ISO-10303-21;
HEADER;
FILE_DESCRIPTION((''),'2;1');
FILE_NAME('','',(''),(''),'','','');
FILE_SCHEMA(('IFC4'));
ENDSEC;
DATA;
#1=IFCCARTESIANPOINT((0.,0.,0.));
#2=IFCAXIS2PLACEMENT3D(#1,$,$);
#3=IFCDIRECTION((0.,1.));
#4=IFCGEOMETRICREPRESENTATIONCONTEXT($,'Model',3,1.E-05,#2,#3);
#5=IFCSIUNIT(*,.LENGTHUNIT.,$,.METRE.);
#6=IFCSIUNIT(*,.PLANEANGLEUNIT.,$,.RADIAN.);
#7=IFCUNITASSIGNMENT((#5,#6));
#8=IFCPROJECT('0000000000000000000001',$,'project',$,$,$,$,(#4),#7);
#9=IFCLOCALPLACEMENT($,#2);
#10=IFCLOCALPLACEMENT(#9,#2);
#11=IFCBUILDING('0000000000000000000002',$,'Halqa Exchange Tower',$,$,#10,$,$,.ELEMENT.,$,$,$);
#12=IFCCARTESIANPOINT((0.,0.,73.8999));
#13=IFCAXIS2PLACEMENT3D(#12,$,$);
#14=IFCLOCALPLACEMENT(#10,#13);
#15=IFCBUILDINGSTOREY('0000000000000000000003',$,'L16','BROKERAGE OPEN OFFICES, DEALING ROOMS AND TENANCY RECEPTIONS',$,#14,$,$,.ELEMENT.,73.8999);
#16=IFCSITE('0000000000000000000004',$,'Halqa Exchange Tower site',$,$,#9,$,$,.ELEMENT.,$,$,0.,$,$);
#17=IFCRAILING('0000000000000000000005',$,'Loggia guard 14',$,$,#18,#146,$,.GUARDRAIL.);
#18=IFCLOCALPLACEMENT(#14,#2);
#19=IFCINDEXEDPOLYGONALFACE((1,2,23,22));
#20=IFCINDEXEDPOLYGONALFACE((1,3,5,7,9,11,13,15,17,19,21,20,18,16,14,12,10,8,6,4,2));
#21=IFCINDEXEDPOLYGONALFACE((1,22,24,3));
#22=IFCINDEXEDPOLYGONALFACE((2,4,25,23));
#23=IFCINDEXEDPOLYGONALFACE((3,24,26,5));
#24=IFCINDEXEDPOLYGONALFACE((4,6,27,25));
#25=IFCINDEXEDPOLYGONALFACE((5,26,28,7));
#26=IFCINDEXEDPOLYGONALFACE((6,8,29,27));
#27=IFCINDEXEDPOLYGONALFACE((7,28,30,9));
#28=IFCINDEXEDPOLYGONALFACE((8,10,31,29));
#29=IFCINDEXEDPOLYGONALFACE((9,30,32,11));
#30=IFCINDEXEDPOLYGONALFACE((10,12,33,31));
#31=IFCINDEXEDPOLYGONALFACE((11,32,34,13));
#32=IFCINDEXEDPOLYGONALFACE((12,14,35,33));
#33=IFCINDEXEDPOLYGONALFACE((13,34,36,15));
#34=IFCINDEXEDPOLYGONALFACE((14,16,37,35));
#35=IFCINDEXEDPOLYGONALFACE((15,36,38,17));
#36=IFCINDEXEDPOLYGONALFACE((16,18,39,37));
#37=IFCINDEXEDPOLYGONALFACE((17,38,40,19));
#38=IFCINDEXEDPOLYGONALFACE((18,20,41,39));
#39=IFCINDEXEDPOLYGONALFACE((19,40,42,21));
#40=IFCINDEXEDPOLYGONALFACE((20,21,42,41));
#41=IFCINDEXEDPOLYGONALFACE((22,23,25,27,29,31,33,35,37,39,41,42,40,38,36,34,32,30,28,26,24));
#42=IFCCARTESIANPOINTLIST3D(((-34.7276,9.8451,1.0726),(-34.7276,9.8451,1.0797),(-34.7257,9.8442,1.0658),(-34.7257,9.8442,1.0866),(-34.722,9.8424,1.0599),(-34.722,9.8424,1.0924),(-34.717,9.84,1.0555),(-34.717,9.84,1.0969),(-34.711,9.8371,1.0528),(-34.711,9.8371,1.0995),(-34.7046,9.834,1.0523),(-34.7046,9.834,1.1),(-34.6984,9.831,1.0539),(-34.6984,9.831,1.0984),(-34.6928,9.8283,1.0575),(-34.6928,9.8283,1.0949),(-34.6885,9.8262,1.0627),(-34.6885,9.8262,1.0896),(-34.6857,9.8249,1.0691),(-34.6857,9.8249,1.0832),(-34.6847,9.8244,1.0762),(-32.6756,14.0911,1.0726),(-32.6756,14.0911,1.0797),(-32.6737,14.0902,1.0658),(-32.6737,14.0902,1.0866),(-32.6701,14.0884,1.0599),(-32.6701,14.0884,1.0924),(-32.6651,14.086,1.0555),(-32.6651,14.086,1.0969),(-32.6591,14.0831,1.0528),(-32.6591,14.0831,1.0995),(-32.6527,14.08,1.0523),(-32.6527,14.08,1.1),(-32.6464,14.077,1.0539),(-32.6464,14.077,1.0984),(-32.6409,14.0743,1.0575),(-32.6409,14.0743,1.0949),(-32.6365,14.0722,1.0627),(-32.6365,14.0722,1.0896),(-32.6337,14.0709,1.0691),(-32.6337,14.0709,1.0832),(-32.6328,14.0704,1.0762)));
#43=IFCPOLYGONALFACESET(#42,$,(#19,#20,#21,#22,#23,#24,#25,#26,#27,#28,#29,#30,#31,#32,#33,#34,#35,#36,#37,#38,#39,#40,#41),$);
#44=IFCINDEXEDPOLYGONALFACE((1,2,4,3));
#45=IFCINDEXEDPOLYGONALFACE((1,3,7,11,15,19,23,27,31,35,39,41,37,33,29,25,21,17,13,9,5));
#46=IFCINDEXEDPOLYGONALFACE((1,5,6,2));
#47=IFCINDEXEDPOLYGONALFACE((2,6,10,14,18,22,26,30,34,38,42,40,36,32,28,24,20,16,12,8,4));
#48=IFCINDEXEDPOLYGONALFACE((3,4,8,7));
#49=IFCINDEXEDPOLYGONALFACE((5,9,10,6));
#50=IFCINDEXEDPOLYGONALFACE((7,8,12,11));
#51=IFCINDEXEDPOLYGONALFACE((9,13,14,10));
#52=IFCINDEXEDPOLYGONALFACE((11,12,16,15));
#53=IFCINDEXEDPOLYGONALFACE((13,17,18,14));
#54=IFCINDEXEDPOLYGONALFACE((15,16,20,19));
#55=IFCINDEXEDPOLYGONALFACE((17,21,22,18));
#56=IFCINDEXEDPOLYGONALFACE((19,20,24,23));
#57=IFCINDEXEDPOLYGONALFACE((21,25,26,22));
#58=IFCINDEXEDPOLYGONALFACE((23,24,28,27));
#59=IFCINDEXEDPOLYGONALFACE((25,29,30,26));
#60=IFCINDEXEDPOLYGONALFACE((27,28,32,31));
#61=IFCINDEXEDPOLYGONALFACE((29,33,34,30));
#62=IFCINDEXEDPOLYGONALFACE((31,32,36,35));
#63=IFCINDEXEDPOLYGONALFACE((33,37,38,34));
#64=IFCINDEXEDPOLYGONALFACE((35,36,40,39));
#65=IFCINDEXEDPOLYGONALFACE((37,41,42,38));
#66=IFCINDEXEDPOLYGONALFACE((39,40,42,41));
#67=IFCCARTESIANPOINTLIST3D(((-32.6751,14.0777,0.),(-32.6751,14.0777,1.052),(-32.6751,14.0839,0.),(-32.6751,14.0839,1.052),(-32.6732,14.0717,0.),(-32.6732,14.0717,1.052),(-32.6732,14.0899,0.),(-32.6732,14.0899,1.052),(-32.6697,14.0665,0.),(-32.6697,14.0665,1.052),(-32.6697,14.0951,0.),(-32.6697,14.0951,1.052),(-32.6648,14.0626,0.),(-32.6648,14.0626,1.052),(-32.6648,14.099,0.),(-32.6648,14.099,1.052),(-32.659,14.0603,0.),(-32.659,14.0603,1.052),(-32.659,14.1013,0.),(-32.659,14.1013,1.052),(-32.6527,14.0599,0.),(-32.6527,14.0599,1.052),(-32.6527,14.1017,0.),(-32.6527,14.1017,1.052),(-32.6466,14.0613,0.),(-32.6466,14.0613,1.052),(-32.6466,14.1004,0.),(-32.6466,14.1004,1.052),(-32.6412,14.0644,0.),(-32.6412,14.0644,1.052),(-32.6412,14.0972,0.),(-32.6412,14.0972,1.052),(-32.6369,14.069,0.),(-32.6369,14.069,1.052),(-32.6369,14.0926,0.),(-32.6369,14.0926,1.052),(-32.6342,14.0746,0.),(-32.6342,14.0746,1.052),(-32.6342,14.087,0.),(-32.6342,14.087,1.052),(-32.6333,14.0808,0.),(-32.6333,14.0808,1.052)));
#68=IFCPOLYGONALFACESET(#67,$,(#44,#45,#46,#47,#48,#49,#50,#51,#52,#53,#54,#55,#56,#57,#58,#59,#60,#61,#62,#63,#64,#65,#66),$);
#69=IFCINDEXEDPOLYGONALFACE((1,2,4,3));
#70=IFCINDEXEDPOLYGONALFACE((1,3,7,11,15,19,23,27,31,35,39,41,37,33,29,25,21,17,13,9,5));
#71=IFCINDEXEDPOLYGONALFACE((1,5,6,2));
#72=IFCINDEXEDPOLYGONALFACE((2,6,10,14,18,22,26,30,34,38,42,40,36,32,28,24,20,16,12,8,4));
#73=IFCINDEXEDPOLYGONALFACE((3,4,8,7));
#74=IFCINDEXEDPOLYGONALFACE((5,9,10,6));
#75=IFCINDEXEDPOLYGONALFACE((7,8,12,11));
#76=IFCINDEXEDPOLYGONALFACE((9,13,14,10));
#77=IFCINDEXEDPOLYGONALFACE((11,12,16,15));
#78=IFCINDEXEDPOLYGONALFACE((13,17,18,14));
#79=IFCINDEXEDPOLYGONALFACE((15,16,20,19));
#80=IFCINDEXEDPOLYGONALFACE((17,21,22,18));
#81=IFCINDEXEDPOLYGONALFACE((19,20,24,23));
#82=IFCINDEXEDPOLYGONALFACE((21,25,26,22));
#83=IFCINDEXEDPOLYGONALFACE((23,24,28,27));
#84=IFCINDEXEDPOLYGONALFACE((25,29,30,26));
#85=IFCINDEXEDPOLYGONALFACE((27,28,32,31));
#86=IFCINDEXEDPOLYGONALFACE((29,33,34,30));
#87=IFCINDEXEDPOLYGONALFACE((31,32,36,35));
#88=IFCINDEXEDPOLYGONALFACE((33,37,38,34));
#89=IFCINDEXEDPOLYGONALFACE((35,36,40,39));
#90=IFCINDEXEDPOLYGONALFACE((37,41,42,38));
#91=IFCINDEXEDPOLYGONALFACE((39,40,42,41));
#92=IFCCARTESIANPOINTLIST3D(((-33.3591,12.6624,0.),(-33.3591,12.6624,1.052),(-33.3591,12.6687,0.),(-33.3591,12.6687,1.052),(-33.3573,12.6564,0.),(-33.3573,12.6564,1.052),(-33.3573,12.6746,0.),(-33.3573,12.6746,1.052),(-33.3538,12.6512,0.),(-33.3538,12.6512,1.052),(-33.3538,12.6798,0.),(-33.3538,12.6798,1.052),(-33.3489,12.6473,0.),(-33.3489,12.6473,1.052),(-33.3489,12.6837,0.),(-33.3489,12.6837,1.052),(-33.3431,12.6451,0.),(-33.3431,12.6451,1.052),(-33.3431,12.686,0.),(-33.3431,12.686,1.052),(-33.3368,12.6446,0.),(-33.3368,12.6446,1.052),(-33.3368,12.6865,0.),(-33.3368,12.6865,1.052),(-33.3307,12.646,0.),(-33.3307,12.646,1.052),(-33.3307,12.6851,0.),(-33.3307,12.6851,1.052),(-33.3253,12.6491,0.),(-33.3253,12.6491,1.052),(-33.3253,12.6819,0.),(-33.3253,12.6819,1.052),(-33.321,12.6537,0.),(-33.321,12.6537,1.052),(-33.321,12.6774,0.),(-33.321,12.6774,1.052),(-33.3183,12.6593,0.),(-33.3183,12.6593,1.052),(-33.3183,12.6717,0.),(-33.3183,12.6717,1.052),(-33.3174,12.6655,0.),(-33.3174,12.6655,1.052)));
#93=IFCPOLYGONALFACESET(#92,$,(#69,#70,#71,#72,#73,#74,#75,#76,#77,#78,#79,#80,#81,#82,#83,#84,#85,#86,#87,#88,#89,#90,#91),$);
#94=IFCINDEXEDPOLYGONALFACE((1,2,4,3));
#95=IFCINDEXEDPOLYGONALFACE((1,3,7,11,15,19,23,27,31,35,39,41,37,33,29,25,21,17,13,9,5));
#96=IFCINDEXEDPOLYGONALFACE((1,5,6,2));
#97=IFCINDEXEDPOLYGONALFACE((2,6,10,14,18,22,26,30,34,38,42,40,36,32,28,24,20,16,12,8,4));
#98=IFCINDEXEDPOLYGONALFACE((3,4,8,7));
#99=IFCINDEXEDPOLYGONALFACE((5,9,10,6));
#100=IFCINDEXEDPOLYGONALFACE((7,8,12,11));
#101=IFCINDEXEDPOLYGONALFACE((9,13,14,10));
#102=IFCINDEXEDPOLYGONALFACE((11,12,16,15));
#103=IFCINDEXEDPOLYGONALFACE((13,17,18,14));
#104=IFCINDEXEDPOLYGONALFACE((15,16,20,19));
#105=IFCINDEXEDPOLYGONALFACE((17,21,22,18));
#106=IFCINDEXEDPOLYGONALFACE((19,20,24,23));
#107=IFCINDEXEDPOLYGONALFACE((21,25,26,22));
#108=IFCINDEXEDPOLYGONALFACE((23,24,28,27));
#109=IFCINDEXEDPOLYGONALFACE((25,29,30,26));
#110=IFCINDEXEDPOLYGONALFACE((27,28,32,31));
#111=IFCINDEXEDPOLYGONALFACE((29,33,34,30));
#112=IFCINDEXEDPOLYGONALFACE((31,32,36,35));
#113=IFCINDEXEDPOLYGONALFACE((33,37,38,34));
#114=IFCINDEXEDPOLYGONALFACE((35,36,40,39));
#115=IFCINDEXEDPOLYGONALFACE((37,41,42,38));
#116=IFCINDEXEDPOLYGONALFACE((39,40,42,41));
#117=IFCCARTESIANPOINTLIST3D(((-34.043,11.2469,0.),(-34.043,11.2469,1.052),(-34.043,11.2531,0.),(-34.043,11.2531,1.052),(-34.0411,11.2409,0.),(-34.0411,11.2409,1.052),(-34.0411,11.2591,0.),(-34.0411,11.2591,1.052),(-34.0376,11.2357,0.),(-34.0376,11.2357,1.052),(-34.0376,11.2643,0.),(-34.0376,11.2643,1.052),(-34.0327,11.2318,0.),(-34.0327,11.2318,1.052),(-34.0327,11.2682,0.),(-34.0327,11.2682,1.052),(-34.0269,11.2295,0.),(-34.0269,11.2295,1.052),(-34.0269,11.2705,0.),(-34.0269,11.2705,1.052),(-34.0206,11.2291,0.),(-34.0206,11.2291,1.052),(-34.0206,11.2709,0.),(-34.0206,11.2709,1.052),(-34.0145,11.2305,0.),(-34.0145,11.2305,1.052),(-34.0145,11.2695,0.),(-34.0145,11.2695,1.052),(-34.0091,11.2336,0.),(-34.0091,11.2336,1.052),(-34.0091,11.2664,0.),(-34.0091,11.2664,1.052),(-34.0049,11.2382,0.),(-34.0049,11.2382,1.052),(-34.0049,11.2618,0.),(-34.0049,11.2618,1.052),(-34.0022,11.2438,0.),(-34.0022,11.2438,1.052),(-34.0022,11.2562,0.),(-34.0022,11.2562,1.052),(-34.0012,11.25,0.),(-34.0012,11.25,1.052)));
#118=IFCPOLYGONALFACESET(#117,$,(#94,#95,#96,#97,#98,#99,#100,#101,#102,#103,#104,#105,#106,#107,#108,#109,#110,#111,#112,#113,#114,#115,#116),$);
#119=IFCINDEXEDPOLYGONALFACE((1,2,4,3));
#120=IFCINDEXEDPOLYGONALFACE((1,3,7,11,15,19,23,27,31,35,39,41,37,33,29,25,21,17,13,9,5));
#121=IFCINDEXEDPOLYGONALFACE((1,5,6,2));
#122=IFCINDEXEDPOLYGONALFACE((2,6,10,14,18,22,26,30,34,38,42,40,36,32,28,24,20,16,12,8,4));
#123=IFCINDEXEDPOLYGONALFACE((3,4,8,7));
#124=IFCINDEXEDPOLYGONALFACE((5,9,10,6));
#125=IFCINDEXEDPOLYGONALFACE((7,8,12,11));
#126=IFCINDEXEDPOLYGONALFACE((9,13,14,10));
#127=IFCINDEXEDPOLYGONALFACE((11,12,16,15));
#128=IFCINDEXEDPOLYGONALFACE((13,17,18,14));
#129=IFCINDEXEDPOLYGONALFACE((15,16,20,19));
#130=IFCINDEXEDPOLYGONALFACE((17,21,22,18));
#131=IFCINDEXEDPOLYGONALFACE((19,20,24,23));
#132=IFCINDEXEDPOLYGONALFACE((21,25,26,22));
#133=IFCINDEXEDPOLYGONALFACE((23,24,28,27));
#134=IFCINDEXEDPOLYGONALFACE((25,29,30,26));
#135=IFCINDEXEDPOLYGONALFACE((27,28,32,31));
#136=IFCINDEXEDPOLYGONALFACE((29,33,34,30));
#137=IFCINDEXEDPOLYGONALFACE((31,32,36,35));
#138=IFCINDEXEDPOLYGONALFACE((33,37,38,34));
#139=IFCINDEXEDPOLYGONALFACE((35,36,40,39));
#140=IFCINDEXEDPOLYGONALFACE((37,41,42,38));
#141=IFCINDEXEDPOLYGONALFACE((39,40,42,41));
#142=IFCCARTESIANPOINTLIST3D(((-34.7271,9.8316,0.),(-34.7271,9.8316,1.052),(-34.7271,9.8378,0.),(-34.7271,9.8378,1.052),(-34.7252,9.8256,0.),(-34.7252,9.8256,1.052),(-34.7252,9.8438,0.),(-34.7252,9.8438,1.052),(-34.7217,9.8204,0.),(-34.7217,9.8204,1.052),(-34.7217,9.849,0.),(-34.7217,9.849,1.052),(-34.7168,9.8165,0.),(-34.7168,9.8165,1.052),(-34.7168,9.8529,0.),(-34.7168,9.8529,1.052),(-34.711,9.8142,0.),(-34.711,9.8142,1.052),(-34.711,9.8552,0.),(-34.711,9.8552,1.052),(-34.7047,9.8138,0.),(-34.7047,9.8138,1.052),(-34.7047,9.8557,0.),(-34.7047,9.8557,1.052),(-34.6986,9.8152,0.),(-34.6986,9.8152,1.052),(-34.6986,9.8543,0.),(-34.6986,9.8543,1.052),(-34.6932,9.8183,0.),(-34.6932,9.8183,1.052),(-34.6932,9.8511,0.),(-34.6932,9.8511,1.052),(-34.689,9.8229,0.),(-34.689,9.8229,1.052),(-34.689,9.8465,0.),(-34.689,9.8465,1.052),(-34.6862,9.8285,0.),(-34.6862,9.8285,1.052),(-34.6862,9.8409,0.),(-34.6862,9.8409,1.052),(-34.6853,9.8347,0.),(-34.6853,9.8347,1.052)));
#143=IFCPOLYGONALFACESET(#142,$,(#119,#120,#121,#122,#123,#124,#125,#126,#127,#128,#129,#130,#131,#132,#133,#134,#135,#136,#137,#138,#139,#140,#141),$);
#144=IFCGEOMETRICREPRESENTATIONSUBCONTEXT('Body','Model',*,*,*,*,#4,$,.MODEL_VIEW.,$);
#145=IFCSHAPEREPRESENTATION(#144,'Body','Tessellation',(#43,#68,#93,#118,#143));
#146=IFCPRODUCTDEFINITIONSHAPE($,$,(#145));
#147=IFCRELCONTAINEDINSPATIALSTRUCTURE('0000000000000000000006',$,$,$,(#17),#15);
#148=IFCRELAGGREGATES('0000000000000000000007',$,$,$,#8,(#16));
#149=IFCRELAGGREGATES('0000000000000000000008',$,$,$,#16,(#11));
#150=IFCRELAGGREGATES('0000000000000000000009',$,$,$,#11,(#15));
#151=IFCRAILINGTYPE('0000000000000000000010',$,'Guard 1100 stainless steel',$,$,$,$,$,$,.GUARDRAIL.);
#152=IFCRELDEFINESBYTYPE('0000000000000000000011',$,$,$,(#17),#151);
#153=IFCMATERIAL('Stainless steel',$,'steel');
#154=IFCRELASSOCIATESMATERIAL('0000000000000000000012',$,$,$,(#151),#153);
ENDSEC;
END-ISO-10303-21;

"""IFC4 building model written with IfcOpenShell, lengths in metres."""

from ifc_helpers import new_model, si_unit, direction, frame, origin, origin_2d, place, context, subcontext, project, spatial, circle, extrude, material, type_object, element, save


model = new_model("IFC4")

# Units and contexts
model_context = context("Model", 3, precision=1e-05, world=origin(), true_north=direction((0.0, 1.0)))
body_context = subcontext(model_context, "Body", "Model", "MODEL_VIEW")
ifc_project = project(units=[si_unit("LENGTHUNIT", "METRE"), si_unit("PLANEANGLEUNIT", "RADIAN")], contexts=[model_context])

# Site, building, storey
site_placement = place(None, origin())
site = spatial("IfcSite", under=ifc_project, at=site_placement, Name="Halqa Exchange Tower site", CompositionType="ELEMENT", RefElevation=0.0)
building_placement = place(site_placement, origin())
building = spatial("IfcBuilding", under=site, at=building_placement, Name="Halqa Exchange Tower", CompositionType="ELEMENT")
storey_placement = place(building_placement, frame((0.0, 0.0, 73.8999)))
storey = spatial("IfcBuildingStorey", under=building, at=storey_placement, Name="L16", Description="BROKERAGE OPEN OFFICES, DEALING ROOMS AND TENANCY RECEPTIONS", CompositionType="ELEMENT", Elevation=73.8999)

# Railing
ifc_material_1 = material(Name="Stainless steel", Category="steel")
railing_type = type_object("IfcRailingType", Name="Guard 1100 stainless steel", PredefinedType="GUARDRAIL", material=ifc_material_1)
railing_1_placement = place(storey_placement, frame((-32.6543, 14.0808, 0.0)))
element("IfcRailing", 1, at=railing_1_placement, inside=storey, type_object=railing_type, Name="Loggia guard 14", PredefinedType="GUARDRAIL", context=body_context, shape_type="SweptSolid", body=[
    extrude(circle(Radius=0.0239, at=origin_2d()), frame((0.0, 0.0, 1.0762), z_axis=(-0.435121, -0.900372, 0.0), x_axis=(0.900372, -0.435121, 0.0)), (0.0, 0.0, 1.0), 4.7158),
    extrude(circle(Radius=0.021, at=origin_2d()), origin(), (0.0, 0.0, 1.0), 1.052),
    extrude(circle(Radius=0.021, at=origin_2d()), frame((-0.6841, -1.4153, 0.0)), (0.0, 0.0, 1.0), 1.052),
    extrude(circle(Radius=0.021, at=origin_2d()), frame((-1.3679, -2.8308, 0.0)), (0.0, 0.0, 1.0), 1.052),
    extrude(circle(Radius=0.021, at=origin_2d()), frame((-2.052, -4.2461, 0.0)), (0.0, 0.0, 1.0), 1.052),
])

save(model, "model.ifc")
